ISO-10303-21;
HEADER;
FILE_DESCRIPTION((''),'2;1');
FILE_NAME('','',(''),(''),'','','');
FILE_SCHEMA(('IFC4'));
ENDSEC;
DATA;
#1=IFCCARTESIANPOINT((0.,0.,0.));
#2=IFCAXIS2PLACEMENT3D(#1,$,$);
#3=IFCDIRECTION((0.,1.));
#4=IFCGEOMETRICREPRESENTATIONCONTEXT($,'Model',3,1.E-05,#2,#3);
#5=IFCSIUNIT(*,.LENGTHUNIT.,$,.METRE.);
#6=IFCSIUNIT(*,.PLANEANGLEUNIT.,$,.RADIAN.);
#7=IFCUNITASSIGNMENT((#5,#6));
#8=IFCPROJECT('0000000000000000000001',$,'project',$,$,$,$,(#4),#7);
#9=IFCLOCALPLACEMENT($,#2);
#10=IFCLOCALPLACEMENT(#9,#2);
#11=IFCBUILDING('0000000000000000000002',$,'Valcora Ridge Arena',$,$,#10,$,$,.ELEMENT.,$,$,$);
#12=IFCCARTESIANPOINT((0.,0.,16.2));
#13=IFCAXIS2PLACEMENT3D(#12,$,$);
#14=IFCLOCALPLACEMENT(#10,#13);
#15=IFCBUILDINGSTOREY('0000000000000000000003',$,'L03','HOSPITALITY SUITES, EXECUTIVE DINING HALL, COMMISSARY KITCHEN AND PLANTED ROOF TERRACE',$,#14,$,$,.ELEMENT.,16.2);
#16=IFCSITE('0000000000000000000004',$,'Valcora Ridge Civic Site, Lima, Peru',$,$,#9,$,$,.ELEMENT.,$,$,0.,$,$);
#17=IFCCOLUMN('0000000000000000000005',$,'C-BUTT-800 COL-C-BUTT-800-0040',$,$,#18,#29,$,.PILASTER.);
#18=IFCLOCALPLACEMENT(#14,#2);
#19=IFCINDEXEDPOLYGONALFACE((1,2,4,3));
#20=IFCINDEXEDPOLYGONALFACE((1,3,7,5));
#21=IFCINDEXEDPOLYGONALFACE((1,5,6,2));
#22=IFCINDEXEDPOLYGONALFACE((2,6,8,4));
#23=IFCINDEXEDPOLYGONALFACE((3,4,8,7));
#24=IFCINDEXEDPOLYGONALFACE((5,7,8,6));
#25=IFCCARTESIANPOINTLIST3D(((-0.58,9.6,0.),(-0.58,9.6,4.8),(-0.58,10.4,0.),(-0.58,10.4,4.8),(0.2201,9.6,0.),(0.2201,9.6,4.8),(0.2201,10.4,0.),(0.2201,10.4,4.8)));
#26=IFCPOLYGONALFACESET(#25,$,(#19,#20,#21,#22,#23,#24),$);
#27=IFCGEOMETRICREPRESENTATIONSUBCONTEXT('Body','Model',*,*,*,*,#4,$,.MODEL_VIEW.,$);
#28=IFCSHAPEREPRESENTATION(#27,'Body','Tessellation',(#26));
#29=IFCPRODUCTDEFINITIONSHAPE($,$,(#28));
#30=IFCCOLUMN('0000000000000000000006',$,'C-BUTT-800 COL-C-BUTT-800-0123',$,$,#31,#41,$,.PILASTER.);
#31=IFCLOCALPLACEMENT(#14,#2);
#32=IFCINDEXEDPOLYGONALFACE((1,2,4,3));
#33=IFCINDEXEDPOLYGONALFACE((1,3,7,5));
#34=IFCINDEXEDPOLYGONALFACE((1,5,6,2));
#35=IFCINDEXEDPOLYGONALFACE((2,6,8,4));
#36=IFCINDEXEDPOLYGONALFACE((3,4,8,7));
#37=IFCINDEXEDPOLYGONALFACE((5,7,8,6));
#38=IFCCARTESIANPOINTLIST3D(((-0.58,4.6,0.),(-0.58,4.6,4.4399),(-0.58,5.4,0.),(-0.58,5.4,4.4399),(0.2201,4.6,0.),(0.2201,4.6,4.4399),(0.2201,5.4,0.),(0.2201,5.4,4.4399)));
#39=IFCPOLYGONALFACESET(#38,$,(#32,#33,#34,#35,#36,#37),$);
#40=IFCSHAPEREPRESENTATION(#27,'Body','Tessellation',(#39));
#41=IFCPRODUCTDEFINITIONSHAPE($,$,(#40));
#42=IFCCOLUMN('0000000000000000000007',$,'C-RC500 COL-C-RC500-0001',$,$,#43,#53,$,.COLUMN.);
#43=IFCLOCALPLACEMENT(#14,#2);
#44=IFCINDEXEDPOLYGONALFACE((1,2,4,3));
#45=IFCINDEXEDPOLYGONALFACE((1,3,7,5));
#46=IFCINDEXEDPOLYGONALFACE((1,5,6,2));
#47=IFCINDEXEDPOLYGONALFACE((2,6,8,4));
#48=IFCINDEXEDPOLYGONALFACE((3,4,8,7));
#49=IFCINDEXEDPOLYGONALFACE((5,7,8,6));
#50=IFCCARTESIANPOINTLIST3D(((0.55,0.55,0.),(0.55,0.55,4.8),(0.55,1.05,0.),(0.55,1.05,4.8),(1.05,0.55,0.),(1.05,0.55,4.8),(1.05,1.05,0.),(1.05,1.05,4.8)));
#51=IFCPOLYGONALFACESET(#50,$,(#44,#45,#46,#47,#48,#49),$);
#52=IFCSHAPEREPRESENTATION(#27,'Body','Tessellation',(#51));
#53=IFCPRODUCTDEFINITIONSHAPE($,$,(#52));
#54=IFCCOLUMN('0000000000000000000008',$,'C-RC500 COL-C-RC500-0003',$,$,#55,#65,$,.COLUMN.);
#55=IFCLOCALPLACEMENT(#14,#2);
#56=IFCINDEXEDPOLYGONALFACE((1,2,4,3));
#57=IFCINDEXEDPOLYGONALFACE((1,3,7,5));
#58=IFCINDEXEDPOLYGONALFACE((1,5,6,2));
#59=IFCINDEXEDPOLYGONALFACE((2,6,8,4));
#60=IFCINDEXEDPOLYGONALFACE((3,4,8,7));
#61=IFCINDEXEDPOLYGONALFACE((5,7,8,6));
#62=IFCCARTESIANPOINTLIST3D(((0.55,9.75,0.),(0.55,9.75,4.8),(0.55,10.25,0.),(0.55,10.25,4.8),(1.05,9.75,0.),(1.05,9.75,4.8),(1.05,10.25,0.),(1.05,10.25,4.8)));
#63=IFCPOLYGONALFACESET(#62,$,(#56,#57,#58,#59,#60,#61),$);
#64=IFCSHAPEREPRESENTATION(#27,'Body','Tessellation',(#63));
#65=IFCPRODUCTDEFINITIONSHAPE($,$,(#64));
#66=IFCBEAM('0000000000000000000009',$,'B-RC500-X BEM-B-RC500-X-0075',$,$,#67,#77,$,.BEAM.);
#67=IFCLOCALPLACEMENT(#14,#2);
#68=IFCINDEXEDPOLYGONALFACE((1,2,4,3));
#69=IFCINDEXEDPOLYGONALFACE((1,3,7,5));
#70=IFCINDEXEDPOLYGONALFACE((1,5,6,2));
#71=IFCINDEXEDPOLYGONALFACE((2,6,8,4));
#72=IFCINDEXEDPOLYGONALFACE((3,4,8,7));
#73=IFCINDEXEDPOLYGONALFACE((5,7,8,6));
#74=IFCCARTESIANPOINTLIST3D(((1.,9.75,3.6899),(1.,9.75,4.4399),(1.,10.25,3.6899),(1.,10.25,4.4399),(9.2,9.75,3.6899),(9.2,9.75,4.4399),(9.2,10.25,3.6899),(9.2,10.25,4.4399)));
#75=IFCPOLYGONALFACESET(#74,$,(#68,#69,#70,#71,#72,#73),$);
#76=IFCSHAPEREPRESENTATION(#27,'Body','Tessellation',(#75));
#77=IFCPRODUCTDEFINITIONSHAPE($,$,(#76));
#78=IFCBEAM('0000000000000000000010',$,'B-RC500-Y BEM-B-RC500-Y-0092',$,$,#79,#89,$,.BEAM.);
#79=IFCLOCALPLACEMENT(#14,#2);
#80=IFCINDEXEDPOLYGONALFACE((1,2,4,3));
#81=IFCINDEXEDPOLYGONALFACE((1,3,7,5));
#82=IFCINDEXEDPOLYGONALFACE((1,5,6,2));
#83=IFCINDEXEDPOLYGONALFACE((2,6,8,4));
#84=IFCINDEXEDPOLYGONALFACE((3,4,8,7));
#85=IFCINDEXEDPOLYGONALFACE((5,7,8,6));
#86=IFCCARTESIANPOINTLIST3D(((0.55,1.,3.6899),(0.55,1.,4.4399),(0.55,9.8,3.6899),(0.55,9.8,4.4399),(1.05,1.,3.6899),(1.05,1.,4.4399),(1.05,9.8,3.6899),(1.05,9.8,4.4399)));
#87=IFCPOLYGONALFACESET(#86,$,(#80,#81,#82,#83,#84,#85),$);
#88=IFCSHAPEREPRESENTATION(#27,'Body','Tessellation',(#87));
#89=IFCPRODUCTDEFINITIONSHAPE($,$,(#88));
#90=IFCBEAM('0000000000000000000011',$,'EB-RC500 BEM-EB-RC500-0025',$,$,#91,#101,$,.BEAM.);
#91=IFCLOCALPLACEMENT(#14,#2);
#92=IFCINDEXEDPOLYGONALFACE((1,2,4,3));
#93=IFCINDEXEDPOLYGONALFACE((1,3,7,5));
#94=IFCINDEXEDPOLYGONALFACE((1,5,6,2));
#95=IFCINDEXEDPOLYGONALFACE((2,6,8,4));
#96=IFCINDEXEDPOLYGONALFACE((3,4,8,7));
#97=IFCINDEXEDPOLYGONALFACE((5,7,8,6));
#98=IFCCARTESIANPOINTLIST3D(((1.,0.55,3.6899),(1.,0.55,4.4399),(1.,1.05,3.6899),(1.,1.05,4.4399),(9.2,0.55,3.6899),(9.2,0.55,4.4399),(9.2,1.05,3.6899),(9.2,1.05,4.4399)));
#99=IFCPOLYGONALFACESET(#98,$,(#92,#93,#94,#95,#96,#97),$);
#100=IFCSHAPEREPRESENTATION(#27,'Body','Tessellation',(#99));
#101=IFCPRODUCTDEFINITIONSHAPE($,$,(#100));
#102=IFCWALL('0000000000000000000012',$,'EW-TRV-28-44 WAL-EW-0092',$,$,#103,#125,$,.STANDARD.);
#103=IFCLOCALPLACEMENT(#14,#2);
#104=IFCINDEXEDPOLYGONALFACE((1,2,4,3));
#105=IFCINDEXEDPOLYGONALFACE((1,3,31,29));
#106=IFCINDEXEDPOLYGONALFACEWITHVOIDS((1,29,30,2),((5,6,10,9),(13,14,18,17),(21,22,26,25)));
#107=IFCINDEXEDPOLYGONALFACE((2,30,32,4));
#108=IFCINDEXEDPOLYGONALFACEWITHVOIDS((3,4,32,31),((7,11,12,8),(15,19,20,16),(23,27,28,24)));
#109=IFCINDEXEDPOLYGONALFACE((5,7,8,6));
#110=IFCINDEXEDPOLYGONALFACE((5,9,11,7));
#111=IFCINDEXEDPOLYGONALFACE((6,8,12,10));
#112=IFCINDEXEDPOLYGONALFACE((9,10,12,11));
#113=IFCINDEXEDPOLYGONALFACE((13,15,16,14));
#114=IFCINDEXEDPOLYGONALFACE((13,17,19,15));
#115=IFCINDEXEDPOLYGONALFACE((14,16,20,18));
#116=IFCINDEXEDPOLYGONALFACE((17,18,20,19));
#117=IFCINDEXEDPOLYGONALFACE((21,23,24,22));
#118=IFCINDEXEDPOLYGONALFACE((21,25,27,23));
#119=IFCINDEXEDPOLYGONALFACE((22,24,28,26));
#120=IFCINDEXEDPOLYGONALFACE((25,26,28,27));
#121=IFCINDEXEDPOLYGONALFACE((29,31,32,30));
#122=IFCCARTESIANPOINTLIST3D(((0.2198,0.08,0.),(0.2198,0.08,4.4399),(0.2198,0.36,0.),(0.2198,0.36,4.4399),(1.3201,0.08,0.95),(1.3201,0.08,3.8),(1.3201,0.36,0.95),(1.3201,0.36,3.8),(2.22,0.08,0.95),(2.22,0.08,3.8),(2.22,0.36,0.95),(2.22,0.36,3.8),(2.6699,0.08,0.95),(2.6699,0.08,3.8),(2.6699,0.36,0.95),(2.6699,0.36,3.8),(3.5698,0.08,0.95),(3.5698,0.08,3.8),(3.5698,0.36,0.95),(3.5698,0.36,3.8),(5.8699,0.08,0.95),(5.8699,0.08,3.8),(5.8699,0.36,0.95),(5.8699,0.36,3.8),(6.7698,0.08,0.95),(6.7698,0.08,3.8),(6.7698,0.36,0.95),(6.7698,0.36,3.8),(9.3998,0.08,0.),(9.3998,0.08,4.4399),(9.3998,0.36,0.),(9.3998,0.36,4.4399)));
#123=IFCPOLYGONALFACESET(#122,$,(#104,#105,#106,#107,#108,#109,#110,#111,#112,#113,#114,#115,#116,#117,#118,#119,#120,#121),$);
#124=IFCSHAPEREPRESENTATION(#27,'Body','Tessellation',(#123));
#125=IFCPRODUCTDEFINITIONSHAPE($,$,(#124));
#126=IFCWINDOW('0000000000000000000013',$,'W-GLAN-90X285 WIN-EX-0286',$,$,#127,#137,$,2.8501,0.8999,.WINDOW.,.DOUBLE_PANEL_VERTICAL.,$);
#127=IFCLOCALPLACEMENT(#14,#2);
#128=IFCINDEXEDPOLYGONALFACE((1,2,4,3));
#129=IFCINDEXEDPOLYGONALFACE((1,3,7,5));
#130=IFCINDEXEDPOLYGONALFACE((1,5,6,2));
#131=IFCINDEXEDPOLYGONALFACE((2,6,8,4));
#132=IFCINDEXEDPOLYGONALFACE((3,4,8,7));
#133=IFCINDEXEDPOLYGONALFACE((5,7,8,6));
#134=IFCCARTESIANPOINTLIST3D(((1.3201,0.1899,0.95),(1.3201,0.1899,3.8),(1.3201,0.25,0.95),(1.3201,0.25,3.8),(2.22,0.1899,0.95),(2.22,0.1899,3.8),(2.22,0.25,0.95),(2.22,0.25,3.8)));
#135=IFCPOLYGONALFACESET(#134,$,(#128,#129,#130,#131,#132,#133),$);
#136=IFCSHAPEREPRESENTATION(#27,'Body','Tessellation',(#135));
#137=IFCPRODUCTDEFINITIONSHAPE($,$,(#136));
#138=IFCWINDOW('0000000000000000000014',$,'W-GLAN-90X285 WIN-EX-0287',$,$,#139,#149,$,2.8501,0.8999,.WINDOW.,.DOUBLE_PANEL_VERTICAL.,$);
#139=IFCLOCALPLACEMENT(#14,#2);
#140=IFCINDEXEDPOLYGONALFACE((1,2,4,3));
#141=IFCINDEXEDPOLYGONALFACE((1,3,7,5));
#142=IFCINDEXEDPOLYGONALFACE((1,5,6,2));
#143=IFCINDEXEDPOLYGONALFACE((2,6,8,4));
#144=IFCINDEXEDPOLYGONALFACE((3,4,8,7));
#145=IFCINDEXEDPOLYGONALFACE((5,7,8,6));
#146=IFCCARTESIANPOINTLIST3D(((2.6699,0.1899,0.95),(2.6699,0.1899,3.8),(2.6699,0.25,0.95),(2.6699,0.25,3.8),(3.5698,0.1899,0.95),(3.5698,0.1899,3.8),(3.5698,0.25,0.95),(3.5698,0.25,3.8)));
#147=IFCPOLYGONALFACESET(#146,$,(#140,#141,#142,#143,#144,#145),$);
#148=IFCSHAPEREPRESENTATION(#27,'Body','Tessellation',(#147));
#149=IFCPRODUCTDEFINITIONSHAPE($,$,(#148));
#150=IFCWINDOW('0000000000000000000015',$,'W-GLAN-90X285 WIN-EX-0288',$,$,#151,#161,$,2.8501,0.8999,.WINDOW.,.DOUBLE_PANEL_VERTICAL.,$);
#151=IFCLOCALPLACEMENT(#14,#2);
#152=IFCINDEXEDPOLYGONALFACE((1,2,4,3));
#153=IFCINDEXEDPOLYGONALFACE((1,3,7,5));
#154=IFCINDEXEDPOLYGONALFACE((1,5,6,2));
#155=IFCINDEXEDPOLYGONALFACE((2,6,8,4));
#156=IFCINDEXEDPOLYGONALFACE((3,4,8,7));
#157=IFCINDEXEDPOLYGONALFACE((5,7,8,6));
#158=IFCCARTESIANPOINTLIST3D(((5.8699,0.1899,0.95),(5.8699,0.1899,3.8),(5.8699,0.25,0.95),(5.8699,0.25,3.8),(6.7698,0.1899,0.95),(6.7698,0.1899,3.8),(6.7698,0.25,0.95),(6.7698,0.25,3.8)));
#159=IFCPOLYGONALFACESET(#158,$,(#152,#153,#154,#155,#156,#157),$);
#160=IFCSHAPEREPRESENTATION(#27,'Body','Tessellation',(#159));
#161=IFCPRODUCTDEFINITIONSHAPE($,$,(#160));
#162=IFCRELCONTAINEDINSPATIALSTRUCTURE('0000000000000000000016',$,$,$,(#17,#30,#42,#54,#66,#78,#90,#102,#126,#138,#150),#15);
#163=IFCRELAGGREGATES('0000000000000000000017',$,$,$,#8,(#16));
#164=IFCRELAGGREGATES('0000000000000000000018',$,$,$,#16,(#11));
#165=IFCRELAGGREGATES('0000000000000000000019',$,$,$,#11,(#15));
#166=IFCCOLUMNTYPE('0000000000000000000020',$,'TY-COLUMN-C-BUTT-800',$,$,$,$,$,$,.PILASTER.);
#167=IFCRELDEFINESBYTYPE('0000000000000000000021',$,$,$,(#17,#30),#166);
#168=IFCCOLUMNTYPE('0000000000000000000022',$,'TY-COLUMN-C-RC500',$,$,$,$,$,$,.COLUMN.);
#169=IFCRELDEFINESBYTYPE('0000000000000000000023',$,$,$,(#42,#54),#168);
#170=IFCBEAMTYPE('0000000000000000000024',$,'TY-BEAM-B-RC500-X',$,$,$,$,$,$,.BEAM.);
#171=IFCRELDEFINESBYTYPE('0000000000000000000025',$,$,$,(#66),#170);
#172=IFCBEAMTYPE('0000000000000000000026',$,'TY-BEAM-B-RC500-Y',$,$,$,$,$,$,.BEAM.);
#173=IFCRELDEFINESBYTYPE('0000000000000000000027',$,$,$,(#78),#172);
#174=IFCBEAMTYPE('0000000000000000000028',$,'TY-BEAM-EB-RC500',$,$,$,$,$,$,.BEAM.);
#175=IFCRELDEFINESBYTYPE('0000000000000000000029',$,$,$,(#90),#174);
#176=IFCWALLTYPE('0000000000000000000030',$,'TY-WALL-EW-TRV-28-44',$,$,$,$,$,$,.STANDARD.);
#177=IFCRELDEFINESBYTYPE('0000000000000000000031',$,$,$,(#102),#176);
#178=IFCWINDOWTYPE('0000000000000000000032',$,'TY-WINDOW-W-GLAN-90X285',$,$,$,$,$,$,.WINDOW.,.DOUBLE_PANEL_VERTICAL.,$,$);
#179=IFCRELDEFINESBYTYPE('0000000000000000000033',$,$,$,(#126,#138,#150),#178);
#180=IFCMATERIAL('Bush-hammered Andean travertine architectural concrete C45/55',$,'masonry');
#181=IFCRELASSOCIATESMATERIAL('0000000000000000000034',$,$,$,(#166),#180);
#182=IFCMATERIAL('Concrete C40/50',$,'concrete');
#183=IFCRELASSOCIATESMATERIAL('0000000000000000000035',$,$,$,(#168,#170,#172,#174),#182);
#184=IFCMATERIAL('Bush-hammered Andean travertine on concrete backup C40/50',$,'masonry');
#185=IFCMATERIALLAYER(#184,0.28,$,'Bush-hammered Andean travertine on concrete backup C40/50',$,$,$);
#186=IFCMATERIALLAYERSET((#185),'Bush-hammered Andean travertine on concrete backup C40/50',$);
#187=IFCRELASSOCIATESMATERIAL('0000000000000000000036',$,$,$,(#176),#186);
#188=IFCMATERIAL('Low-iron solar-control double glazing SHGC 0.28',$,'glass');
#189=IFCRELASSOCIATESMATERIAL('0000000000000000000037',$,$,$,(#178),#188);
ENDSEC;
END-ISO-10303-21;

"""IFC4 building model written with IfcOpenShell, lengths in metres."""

from ifc_helpers import new_model, si_unit, direction, frame, frame_2d, origin, origin_2d, place, context, subcontext, project, spatial, rectangle, extrude, material, layer, layer_set, material_profile, profile_set, type_object, element, fill, save


model = new_model("IFC4")

# Units and contexts
model_context = context("Model", 3, precision=1e-05, world=origin(), true_north=direction((0.0, 1.0)))
body_context = subcontext(model_context, "Body", "Model", "MODEL_VIEW")
ifc_project = project(units=[si_unit("LENGTHUNIT", "METRE"), si_unit("PLANEANGLEUNIT", "RADIAN")], contexts=[model_context])

# Site, building, storey
site_placement = place(None, origin())
site = spatial("IfcSite", under=ifc_project, at=site_placement, Name="Valcora Ridge Civic Site, Lima, Peru", CompositionType="ELEMENT", RefElevation=0.0)
building_placement = place(site_placement, origin())
building = spatial("IfcBuilding", under=site, at=building_placement, Name="Valcora Ridge Arena", CompositionType="ELEMENT")
storey_placement = place(building_placement, frame((0.0, 0.0, 16.2)))
storey = spatial("IfcBuildingStorey", under=building, at=storey_placement, Name="L03", Description="HOSPITALITY SUITES, EXECUTIVE DINING HALL, COMMISSARY KITCHEN AND PLANTED ROOF TERRACE", CompositionType="ELEMENT", Elevation=16.2)

# Columns
ifc_material_1 = material(Name="Bush-hammered Andean travertine architectural concrete C45/55", Category="masonry")
ifc_material_profile_1 = material_profile(ifc_material_1, rectangle(XDim=0.8, YDim=0.8, at=origin_2d()), Name="RC 800x800")
ifc_profile_set_1 = profile_set([ifc_material_profile_1], Name="Bush-hammered Andean travertine architectural concrete C45/55")
column_type_1 = type_object("IfcColumnType", Name="TY-COLUMN-C-BUTT-800", PredefinedType="PILASTER", material=ifc_profile_set_1)
column_1_placement = place(storey_placement, frame((-0.1799, 10.0, 0.0), z_axis=(0.0, 0.0, 1.0), x_axis=(1.0, 0.0, 0.0)))
element("IfcColumn", 1, at=column_1_placement, inside=storey, type_object=column_type_1, Name="C-BUTT-800 COL-C-BUTT-800-0040", PredefinedType="PILASTER", context=body_context, shape_type="SweptSolid", body=[
    extrude(rectangle(XDim=0.8, YDim=0.8, at=origin_2d()), origin(), (0.0, 0.0, 1.0), 4.8),
])
column_2_placement = place(storey_placement, frame((-0.1799, 5.0, 0.0), z_axis=(0.0, 0.0, 1.0), x_axis=(1.0, 0.0, 0.0)))
element("IfcColumn", 2, at=column_2_placement, inside=storey, type_object=column_type_1, Name="C-BUTT-800 COL-C-BUTT-800-0123", PredefinedType="PILASTER", context=body_context, shape_type="SweptSolid", body=[
    extrude(rectangle(XDim=0.8, YDim=0.8, at=origin_2d()), origin(), (0.0, 0.0, 1.0), 4.4399),
])
ifc_material_2 = material(Name="Concrete C40/50", Category="concrete")
ifc_material_profile_2 = material_profile(ifc_material_2, rectangle(XDim=0.5, YDim=0.5, at=origin_2d()), Name="RC 500x500")
ifc_profile_set_2 = profile_set([ifc_material_profile_2], Name="Concrete C40/50")
column_type_2 = type_object("IfcColumnType", Name="TY-COLUMN-C-RC500", PredefinedType="COLUMN", material=ifc_profile_set_2)
for number, where, z_axis, x_axis, name in (
    (3, (0.8, 0.8, 0.0), (0.0, 0.0, 1.0), (1.0, 0.0, 0.0), "C-RC500 COL-C-RC500-0001"),
    (4, (0.8, 10.0, 0.0), (0.0, 0.0, 1.0), (1.0, 0.0, 0.0), "C-RC500 COL-C-RC500-0003"),
):
    element("IfcColumn", number, at=place(storey_placement, frame(where, z_axis=z_axis, x_axis=x_axis)), inside=storey, type_object=column_type_2, Name=name, PredefinedType="COLUMN", context=body_context, shape_type="SweptSolid", body=[
        extrude(rectangle(XDim=0.5, YDim=0.5, at=origin_2d()), origin(), (0.0, 0.0, 1.0), 4.8),
    ])

# Beams
ifc_material_profile_3 = material_profile(ifc_material_2, rectangle(XDim=0.5, YDim=0.75, at=origin_2d()), Name="RC 500x750")
ifc_profile_set_3 = profile_set([ifc_material_profile_3], Name="Concrete C40/50")
beam_type_1 = type_object("IfcBeamType", Name="TY-BEAM-B-RC500-X", PredefinedType="BEAM", material=ifc_profile_set_3)
beam_1_placement = place(storey_placement, frame((1.0, 10.0, 4.0649), z_axis=(1.0, 0.0, 0.0), x_axis=(0.0, 1.0, 0.0)))
element("IfcBeam", 5, at=beam_1_placement, inside=storey, type_object=beam_type_1, Name="B-RC500-X BEM-B-RC500-X-0075", PredefinedType="BEAM", context=body_context, shape_type="SweptSolid", body=[
    extrude(rectangle(XDim=0.5, YDim=0.75, at=origin_2d()), origin(), (0.0, 0.0, 1.0), 8.2),
])
ifc_material_profile_4 = material_profile(ifc_material_2, rectangle(XDim=0.5, YDim=0.75, at=origin_2d()), Name="RC 500x750")
ifc_profile_set_4 = profile_set([ifc_material_profile_4], Name="Concrete C40/50")
beam_type_2 = type_object("IfcBeamType", Name="TY-BEAM-B-RC500-Y", PredefinedType="BEAM", material=ifc_profile_set_4)
beam_2_placement = place(storey_placement, frame((0.8, 1.0, 4.0649), z_axis=(0.0, 1.0, 0.0), x_axis=(-1.0, 0.0, 0.0)))
element("IfcBeam", 6, at=beam_2_placement, inside=storey, type_object=beam_type_2, Name="B-RC500-Y BEM-B-RC500-Y-0092", PredefinedType="BEAM", context=body_context, shape_type="SweptSolid", body=[
    extrude(rectangle(XDim=0.5, YDim=0.75, at=origin_2d()), origin(), (0.0, 0.0, 1.0), 8.8),
])
ifc_material_profile_5 = material_profile(ifc_material_2, rectangle(XDim=0.5, YDim=0.75, at=origin_2d()), Name="RC 500x750")
ifc_profile_set_5 = profile_set([ifc_material_profile_5], Name="Concrete C40/50")
beam_type_3 = type_object("IfcBeamType", Name="TY-BEAM-EB-RC500", PredefinedType="BEAM", material=ifc_profile_set_5)
beam_3_placement = place(storey_placement, frame((1.0, 0.8, 4.0649), z_axis=(1.0, 0.0, 0.0), x_axis=(0.0, 1.0, 0.0)))
element("IfcBeam", 7, at=beam_3_placement, inside=storey, type_object=beam_type_3, Name="EB-RC500 BEM-EB-RC500-0025", PredefinedType="BEAM", context=body_context, shape_type="SweptSolid", body=[
    extrude(rectangle(XDim=0.5, YDim=0.75, at=origin_2d()), origin(), (0.0, 0.0, 1.0), 8.2),
])

# Wall, openings, windows
ifc_material_3 = material(Name="Bush-hammered Andean travertine on concrete backup C40/50", Category="masonry")
ifc_layer_1 = layer(ifc_material_3, 0.28, Name="Bush-hammered Andean travertine on concrete backup C40/50")
ifc_layer_set_1 = layer_set([ifc_layer_1], Name="Bush-hammered Andean travertine on concrete backup C40/50")
wall_type_1 = type_object("IfcWallType", Name="TY-WALL-EW-TRV-28-44", PredefinedType="STANDARD", material=ifc_layer_set_1)
wall_1_placement = place(storey_placement, frame((0.22, 0.22, 0.0), z_axis=(0.0, 0.0, 1.0), x_axis=(1.0, 0.0, 0.0)))
wall_1 = element("IfcWall", 8, at=wall_1_placement, inside=storey, type_object=wall_type_1, Name="EW-TRV-28-44 WAL-EW-0092", PredefinedType="STANDARD", context=body_context, shape_type="SweptSolid", body=[
    extrude(rectangle(XDim=9.1799, YDim=0.28, at=frame_2d((4.5898, 0.0))), origin(), (0.0, 0.0, 1.0), 4.4399),
])
opening_1_placement = place(wall_1_placement, frame((1.1001, 0.0, 0.95)))
opening_1 = element("IfcOpeningElement", 9, at=opening_1_placement, cuts=wall_1, PredefinedType="OPENING", context=body_context, shape_type="SweptSolid", body=[
    extrude(rectangle(XDim=0.8999, YDim=2.8501, at=frame_2d((0.45, 1.425))), frame((0.0, 0.1499, 0.0), z_axis=(0.0, -1.0, 0.0), x_axis=(1.0, 0.0, 0.0)), (0.0, 0.0, 1.0), 0.3),
])
opening_2_placement = place(wall_1_placement, frame((2.45, 0.0, 0.95)))
opening_2 = element("IfcOpeningElement", 10, at=opening_2_placement, cuts=wall_1, PredefinedType="OPENING", context=body_context, shape_type="SweptSolid", body=[
    extrude(rectangle(XDim=0.8999, YDim=2.8501, at=frame_2d((0.45, 1.425))), frame((0.0, 0.1499, 0.0), z_axis=(0.0, -1.0, 0.0), x_axis=(1.0, 0.0, 0.0)), (0.0, 0.0, 1.0), 0.3),
])
opening_3_placement = place(wall_1_placement, frame((5.6499, 0.0, 0.95)))
opening_3 = element("IfcOpeningElement", 11, at=opening_3_placement, cuts=wall_1, PredefinedType="OPENING", context=body_context, shape_type="SweptSolid", body=[
    extrude(rectangle(XDim=0.8999, YDim=2.8501, at=frame_2d((0.45, 1.425))), frame((0.0, 0.1499, 0.0), z_axis=(0.0, -1.0, 0.0), x_axis=(1.0, 0.0, 0.0)), (0.0, 0.0, 1.0), 0.3),
])
ifc_material_4 = material(Name="Low-iron solar-control double glazing SHGC 0.28", Category="glass")
window_type = type_object("IfcWindowType", Name="TY-WINDOW-W-GLAN-90X285", PartitioningType="DOUBLE_PANEL_VERTICAL", PredefinedType="WINDOW", material=ifc_material_4)
window_1_placement = place(opening_1_placement, origin())
window_1 = element("IfcWindow", 12, at=window_1_placement, inside=storey, type_object=window_type, Name="W-GLAN-90X285 WIN-EX-0286", OverallHeight=2.8501, OverallWidth=0.8999, PartitioningType="DOUBLE_PANEL_VERTICAL", PredefinedType="WINDOW", context=body_context, shape_type="SweptSolid", body=[
    extrude(rectangle(XDim=0.8999, YDim=2.8501, at=frame_2d((0.45, 1.425))), frame((0.0, 0.03, 0.0), z_axis=(0.0, -1.0, 0.0), x_axis=(1.0, 0.0, 0.0)), (0.0, 0.0, 1.0), 0.0601),
])
fill(opening_1, window_1)
window_2_placement = place(opening_2_placement, origin())
window_2 = element("IfcWindow", 13, at=window_2_placement, inside=storey, type_object=window_type, Name="W-GLAN-90X285 WIN-EX-0287", OverallHeight=2.8501, OverallWidth=0.8999, PartitioningType="DOUBLE_PANEL_VERTICAL", PredefinedType="WINDOW", context=body_context, shape_type="SweptSolid", body=[
    extrude(rectangle(XDim=0.8999, YDim=2.8501, at=frame_2d((0.45, 1.425))), frame((0.0, 0.03, 0.0), z_axis=(0.0, -1.0, 0.0), x_axis=(1.0, 0.0, 0.0)), (0.0, 0.0, 1.0), 0.0601),
])
fill(opening_2, window_2)
window_3_placement = place(opening_3_placement, origin())
window_3 = element("IfcWindow", 14, at=window_3_placement, inside=storey, type_object=window_type, Name="W-GLAN-90X285 WIN-EX-0288", OverallHeight=2.8501, OverallWidth=0.8999, PartitioningType="DOUBLE_PANEL_VERTICAL", PredefinedType="WINDOW", context=body_context, shape_type="SweptSolid", body=[
    extrude(rectangle(XDim=0.8999, YDim=2.8501, at=frame_2d((0.45, 1.425))), frame((0.0, 0.03, 0.0), z_axis=(0.0, -1.0, 0.0), x_axis=(1.0, 0.0, 0.0)), (0.0, 0.0, 1.0), 0.0601),
])
fill(opening_3, window_3)

save(model, "model.ifc")
